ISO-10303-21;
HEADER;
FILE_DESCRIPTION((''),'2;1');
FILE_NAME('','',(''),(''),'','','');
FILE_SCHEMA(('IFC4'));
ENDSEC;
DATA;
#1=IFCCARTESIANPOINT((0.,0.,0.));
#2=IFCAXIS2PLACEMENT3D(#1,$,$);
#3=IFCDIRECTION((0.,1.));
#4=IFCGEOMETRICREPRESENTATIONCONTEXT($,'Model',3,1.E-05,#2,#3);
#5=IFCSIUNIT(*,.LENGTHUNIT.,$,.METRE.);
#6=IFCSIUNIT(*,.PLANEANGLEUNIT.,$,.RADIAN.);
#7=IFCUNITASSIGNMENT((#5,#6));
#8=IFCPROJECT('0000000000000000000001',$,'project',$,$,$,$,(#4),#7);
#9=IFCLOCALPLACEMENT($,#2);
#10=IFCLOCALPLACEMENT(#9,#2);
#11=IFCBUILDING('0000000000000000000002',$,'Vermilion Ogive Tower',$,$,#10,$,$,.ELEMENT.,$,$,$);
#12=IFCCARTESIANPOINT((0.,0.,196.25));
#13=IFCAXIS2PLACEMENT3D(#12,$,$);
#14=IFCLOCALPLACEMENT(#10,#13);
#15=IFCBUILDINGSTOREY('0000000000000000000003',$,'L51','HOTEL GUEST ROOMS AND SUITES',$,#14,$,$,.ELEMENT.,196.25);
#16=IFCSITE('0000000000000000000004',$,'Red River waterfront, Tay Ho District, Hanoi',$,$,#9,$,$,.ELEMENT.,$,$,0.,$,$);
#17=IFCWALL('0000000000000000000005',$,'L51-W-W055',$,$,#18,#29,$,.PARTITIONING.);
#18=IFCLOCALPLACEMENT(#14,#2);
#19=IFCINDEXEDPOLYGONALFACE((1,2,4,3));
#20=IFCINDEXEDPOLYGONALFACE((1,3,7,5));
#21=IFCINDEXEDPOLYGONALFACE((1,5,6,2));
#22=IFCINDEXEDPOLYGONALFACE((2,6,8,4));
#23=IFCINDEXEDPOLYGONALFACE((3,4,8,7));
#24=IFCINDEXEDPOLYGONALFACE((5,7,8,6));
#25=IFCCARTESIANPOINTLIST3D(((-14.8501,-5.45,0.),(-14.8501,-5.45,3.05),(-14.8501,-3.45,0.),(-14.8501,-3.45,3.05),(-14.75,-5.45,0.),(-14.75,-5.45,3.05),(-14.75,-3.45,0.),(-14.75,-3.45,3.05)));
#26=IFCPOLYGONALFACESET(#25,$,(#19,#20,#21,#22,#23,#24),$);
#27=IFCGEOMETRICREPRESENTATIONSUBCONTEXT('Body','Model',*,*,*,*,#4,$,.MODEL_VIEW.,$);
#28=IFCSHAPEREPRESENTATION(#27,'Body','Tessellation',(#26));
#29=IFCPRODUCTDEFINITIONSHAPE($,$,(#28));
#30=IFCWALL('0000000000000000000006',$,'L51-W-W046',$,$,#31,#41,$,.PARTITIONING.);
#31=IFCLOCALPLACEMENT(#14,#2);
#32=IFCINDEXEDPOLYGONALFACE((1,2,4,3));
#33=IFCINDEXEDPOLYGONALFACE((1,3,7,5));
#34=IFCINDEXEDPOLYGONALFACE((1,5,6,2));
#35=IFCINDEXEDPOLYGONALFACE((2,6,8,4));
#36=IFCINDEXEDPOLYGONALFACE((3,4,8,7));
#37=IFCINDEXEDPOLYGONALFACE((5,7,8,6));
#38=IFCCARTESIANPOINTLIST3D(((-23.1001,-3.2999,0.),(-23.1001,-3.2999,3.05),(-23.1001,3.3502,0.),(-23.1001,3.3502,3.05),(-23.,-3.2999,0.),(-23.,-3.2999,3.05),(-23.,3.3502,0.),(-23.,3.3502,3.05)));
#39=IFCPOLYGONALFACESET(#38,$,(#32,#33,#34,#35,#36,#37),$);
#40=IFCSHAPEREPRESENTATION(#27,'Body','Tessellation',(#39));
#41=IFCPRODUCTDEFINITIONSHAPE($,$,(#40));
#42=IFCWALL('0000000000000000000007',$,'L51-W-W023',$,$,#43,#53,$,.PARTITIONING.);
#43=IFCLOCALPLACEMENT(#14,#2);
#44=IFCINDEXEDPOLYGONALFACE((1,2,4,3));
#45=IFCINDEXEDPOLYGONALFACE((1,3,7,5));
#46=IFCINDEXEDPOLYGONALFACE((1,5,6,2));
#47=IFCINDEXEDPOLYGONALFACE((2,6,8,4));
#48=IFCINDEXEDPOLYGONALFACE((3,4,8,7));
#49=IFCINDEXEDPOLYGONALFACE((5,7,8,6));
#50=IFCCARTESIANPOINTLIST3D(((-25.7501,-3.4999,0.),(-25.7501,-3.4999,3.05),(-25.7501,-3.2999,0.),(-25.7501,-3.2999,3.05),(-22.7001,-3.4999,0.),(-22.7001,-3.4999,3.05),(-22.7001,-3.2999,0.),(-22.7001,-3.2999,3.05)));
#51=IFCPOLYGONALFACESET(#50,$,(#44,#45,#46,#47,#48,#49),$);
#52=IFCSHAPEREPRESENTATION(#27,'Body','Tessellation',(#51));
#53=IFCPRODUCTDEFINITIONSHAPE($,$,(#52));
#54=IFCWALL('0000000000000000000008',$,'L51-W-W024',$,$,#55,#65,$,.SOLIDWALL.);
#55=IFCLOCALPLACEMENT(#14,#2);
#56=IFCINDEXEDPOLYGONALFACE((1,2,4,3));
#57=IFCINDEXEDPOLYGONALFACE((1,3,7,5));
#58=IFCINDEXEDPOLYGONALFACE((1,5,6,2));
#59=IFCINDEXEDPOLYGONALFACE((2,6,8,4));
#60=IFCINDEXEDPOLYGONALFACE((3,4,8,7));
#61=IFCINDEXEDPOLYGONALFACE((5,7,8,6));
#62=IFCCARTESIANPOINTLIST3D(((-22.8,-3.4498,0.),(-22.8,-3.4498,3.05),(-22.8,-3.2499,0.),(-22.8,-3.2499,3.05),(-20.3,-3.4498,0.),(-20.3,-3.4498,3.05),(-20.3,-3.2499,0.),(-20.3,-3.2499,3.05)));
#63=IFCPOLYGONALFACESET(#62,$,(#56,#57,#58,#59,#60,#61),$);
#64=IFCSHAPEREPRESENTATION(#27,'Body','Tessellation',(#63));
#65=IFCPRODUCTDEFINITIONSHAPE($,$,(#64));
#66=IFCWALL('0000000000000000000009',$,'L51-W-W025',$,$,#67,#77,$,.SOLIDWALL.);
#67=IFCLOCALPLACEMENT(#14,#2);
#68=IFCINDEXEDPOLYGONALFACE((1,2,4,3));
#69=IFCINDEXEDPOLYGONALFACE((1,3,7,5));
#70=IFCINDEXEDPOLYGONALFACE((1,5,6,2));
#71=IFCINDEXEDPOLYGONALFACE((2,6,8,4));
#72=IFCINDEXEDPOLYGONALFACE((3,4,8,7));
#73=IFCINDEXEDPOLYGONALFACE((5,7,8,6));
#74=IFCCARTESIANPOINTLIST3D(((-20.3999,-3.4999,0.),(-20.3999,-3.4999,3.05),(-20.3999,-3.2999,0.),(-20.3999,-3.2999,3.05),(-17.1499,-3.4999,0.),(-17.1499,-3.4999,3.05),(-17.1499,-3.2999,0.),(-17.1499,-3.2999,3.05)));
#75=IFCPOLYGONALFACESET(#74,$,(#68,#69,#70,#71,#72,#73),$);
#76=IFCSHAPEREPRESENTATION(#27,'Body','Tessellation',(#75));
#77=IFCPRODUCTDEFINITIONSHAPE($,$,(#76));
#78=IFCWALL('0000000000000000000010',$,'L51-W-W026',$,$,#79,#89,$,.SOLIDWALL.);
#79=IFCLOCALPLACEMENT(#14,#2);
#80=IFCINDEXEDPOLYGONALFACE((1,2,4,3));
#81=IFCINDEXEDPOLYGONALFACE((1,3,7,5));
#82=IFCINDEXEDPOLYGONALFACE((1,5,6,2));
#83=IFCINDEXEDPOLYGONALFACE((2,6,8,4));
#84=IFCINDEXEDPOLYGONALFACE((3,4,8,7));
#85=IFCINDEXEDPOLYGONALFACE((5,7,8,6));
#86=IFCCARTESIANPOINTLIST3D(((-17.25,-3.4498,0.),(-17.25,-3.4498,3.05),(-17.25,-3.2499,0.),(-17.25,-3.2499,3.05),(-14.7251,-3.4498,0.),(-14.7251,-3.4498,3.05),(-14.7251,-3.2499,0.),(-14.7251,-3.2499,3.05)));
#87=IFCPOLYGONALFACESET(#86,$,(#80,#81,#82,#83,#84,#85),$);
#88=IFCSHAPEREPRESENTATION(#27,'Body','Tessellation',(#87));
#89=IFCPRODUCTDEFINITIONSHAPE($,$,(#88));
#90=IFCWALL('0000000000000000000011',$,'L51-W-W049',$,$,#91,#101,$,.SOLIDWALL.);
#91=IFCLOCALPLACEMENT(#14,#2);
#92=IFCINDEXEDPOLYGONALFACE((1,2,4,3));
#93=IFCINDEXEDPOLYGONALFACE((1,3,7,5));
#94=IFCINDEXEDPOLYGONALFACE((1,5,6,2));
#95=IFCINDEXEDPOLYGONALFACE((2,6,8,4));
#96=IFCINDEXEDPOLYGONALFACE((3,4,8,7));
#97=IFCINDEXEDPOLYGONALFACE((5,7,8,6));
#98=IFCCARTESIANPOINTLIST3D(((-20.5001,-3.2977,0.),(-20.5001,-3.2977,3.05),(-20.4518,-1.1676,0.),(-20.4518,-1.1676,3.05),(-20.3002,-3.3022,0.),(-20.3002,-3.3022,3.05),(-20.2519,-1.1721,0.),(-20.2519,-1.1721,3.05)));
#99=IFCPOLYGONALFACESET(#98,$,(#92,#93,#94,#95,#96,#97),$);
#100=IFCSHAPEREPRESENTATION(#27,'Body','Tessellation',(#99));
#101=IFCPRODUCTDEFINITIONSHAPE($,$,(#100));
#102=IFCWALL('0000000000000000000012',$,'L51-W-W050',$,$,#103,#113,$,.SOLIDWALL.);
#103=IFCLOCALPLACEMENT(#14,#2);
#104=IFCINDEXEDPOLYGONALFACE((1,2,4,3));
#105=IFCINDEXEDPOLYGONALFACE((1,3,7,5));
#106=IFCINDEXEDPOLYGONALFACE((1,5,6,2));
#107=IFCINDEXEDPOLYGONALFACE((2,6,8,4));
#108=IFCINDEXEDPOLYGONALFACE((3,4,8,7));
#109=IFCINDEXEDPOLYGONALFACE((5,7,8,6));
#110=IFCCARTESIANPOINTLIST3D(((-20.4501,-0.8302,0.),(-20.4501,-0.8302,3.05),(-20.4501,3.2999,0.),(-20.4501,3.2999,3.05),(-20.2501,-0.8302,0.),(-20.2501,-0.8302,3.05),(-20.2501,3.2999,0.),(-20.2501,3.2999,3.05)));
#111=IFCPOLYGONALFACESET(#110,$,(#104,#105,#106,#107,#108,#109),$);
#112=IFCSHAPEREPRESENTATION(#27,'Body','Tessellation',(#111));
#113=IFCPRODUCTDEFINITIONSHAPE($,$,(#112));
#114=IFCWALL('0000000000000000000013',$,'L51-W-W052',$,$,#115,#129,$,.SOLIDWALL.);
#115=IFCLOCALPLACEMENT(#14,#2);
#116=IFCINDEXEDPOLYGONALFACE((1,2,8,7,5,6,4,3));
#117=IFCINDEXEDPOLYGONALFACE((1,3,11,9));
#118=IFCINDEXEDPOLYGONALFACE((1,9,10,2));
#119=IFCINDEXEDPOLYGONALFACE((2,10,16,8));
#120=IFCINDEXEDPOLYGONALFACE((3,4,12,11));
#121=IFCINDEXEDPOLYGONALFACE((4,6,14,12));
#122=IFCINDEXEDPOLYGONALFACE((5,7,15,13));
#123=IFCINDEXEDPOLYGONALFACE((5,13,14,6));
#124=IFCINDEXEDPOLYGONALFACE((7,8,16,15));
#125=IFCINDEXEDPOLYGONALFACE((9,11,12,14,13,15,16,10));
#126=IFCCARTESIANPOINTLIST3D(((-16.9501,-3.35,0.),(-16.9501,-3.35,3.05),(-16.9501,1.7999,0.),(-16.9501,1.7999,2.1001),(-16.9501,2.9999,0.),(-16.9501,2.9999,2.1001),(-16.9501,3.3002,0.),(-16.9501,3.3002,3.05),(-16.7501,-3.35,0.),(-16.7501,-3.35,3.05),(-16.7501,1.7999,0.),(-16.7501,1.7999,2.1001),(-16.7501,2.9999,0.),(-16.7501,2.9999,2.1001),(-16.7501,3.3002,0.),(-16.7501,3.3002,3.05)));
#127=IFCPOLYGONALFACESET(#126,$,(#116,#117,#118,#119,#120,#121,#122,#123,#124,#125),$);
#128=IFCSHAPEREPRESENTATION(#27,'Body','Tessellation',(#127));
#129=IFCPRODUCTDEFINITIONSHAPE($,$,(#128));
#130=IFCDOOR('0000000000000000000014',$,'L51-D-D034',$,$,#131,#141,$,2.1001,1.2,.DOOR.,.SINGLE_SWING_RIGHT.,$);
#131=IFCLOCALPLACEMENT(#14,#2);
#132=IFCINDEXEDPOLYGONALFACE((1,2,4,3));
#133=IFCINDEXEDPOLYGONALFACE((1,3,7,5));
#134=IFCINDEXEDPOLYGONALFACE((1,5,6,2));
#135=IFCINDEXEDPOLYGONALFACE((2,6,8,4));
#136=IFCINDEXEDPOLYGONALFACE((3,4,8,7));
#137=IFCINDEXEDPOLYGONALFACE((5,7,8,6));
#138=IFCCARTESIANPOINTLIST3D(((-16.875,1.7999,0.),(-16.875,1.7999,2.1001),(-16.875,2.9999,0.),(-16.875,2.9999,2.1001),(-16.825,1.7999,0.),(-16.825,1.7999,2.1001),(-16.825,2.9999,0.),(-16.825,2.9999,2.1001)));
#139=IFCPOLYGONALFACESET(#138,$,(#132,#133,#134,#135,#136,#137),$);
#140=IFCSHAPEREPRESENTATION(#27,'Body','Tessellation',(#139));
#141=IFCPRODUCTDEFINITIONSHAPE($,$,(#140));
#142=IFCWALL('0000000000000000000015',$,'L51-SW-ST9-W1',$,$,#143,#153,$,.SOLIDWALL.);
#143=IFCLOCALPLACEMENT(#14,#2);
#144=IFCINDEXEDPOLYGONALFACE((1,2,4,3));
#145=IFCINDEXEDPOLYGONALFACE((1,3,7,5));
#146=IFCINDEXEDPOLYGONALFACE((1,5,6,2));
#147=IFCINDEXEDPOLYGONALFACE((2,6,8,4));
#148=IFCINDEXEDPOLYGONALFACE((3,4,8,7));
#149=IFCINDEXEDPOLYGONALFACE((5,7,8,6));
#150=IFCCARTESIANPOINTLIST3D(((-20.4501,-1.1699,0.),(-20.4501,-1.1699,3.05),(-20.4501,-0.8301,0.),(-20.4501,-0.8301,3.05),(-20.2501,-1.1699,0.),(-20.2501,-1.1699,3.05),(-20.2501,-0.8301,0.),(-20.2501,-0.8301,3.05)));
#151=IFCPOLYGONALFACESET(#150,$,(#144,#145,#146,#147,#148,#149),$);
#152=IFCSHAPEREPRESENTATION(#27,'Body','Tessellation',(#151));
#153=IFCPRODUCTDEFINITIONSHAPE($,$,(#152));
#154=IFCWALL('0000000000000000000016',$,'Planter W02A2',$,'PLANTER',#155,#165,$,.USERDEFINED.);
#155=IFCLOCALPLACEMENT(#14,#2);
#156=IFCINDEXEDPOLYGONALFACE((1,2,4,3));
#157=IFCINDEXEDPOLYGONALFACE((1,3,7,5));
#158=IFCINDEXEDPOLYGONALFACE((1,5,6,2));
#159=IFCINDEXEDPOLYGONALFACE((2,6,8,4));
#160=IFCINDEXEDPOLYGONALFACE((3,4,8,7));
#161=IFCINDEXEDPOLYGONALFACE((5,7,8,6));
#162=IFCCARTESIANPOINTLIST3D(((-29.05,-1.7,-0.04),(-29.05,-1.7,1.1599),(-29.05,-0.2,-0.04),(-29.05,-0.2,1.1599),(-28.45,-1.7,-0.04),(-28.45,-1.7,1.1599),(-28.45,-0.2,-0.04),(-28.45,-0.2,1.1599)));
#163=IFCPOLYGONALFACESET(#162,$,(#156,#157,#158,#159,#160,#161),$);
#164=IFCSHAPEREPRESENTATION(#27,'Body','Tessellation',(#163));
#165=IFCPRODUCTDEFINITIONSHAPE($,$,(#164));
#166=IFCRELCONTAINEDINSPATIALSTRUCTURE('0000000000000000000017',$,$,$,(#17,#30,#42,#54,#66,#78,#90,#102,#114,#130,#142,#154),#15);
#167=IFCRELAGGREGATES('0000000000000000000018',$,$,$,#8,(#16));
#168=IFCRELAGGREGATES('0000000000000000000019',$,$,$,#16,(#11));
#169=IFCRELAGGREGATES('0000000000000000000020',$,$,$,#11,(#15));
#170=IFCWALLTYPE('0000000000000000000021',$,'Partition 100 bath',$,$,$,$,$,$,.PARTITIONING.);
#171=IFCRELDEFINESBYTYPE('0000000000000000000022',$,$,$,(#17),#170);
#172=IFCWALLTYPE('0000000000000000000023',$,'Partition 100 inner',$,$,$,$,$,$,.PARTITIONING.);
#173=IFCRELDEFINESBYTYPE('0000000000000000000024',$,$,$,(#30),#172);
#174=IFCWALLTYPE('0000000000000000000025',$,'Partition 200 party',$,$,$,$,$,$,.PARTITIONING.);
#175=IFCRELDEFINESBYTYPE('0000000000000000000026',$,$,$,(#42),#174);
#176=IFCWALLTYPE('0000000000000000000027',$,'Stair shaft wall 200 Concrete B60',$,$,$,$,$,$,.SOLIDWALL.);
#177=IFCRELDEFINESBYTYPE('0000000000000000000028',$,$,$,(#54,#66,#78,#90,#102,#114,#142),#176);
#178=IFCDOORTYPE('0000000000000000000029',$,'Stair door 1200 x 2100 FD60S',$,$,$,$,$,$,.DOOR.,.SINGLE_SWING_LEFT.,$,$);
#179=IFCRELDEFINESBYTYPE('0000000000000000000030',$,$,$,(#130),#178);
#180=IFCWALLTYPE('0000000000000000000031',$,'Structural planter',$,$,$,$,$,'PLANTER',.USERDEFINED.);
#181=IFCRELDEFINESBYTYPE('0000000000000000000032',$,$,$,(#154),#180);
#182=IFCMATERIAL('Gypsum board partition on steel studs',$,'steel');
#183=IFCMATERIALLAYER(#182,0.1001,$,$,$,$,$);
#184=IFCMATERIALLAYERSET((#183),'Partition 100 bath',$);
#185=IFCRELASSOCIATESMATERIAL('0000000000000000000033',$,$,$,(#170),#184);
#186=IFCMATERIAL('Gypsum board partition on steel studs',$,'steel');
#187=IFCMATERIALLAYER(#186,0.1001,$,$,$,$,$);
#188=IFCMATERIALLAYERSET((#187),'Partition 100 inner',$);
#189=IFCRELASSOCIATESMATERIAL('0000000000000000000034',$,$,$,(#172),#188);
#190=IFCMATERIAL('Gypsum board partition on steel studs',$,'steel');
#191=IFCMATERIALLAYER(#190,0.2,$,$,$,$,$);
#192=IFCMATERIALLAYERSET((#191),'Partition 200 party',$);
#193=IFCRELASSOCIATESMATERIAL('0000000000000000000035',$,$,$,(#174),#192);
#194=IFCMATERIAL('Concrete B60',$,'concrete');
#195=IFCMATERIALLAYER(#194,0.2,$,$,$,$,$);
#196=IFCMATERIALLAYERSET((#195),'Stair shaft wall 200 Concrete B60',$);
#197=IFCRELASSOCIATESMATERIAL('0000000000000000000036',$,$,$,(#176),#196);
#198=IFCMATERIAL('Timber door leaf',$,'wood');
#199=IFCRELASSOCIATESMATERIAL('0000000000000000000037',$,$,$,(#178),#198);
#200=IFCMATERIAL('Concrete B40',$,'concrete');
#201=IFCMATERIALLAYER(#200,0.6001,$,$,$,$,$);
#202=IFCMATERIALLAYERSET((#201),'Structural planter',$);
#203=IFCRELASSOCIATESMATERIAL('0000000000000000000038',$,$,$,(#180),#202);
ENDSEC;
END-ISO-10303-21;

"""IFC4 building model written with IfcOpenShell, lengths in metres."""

from ifc_helpers import new_model, si_unit, direction, frame, frame_2d, origin, place, context, subcontext, project, spatial, rectangle, extrude, material, layer, layer_set, type_object, element, fill, save


model = new_model("IFC4")

# Units and contexts
model_context = context("Model", 3, precision=1e-05, world=origin(), true_north=direction((0.0, 1.0)))
body_context = subcontext(model_context, "Body", "Model", "MODEL_VIEW")
ifc_project = project(units=[si_unit("LENGTHUNIT", "METRE"), si_unit("PLANEANGLEUNIT", "RADIAN")], contexts=[model_context])

# Site, building, storey
site_placement = place(None, origin())
site = spatial("IfcSite", under=ifc_project, at=site_placement, Name="Red River waterfront, Tay Ho District, Hanoi", CompositionType="ELEMENT", RefElevation=0.0)
building_placement = place(site_placement, origin())
building = spatial("IfcBuilding", under=site, at=building_placement, Name="Vermilion Ogive Tower", CompositionType="ELEMENT")
storey_placement = place(building_placement, frame((0.0, 0.0, 196.25)))
storey = spatial("IfcBuildingStorey", under=building, at=storey_placement, Name="L51", Description="HOTEL GUEST ROOMS AND SUITES", CompositionType="ELEMENT", Elevation=196.25)

# Shared definitions
ifc_material_1 = material(Name="Gypsum board partition on steel studs", Category="steel")
ifc_layer_1 = layer(ifc_material_1, 0.1001)
ifc_layer_set_1 = layer_set([ifc_layer_1], Name="Partition 100 bath")
wall_type_1 = type_object("IfcWallType", Name="Partition 100 bath", PredefinedType="PARTITIONING", material=ifc_layer_set_1)

# Walls
wall_1_placement = place(storey_placement, frame((-14.8, -5.45, 0.0), z_axis=(0.0, 0.0, 1.0), x_axis=(0.0, 1.0, 0.0)))
element("IfcWall", 1, at=wall_1_placement, inside=storey, type_object=wall_type_1, Name="L51-W-W055", PredefinedType="PARTITIONING", context=body_context, shape_type="SweptSolid", body=[
    extrude(rectangle(XDim=2.0, YDim=0.1001, at=frame_2d((1.0, 0.0))), origin(), (0.0, 0.0, 1.0), 3.05),
])
ifc_material_2 = material(Name="Gypsum board partition on steel studs", Category="steel")
ifc_layer_2 = layer(ifc_material_2, 0.1001)
ifc_layer_set_2 = layer_set([ifc_layer_2], Name="Partition 100 inner")
wall_type_2 = type_object("IfcWallType", Name="Partition 100 inner", PredefinedType="PARTITIONING", material=ifc_layer_set_2)
wall_2_placement = place(storey_placement, frame((-23.05, -3.3, 0.0), z_axis=(0.0, 0.0, 1.0), x_axis=(0.0, 1.0, 0.0)))
element("IfcWall", 2, at=wall_2_placement, inside=storey, type_object=wall_type_2, Name="L51-W-W046", PredefinedType="PARTITIONING", context=body_context, shape_type="SweptSolid", body=[
    extrude(rectangle(XDim=6.6501, YDim=0.1001, at=frame_2d((3.3252, 0.0))), origin(), (0.0, 0.0, 1.0), 3.05),
])
ifc_material_3 = material(Name="Gypsum board partition on steel studs", Category="steel")
ifc_layer_3 = layer(ifc_material_3, 0.2)
ifc_layer_set_3 = layer_set([ifc_layer_3], Name="Partition 200 party")
wall_type_3 = type_object("IfcWallType", Name="Partition 200 party", PredefinedType="PARTITIONING", material=ifc_layer_set_3)
wall_3_placement = place(storey_placement, frame((-25.75, -3.3999, 0.0), z_axis=(0.0, 0.0, 1.0), x_axis=(1.0, 0.0, 0.0)))
element("IfcWall", 3, at=wall_3_placement, inside=storey, type_object=wall_type_3, Name="L51-W-W023", PredefinedType="PARTITIONING", context=body_context, shape_type="SweptSolid", body=[
    extrude(rectangle(XDim=3.05, YDim=0.2, at=frame_2d((1.5249, 0.0))), origin(), (0.0, 0.0, 1.0), 3.05),
])
ifc_material_4 = material(Name="Concrete B60", Category="concrete")
ifc_layer_4 = layer(ifc_material_4, 0.2)
ifc_layer_set_4 = layer_set([ifc_layer_4], Name="Stair shaft wall 200 Concrete B60")
wall_type_4 = type_object("IfcWallType", Name="Stair shaft wall 200 Concrete B60", PredefinedType="SOLIDWALL", material=ifc_layer_set_4)
wall_4_placement = place(storey_placement, frame((-22.8, -3.3499, 0.0), z_axis=(0.0, 0.0, 1.0), x_axis=(1.0, 0.0, 0.0)))
element("IfcWall", 4, at=wall_4_placement, inside=storey, type_object=wall_type_4, Name="L51-W-W024", PredefinedType="SOLIDWALL", context=body_context, shape_type="SweptSolid", body=[
    extrude(rectangle(XDim=2.5, YDim=0.2, at=frame_2d((1.25, 0.0))), origin(), (0.0, 0.0, 1.0), 3.05),
])
wall_5_placement = place(storey_placement, frame((-20.3999, -3.3999, 0.0), z_axis=(0.0, 0.0, 1.0), x_axis=(1.0, 0.0, 0.0)))
element("IfcWall", 5, at=wall_5_placement, inside=storey, type_object=wall_type_4, Name="L51-W-W025", PredefinedType="SOLIDWALL", context=body_context, shape_type="SweptSolid", body=[
    extrude(rectangle(XDim=3.25, YDim=0.2, at=frame_2d((1.625, 0.0))), origin(), (0.0, 0.0, 1.0), 3.05),
])
wall_6_placement = place(storey_placement, frame((-17.25, -3.3499, 0.0), z_axis=(0.0, 0.0, 1.0), x_axis=(1.0, 0.0, 0.0)))
element("IfcWall", 6, at=wall_6_placement, inside=storey, type_object=wall_type_4, Name="L51-W-W026", PredefinedType="SOLIDWALL", context=body_context, shape_type="SweptSolid", body=[
    extrude(rectangle(XDim=2.5249, YDim=0.2, at=frame_2d((1.2625, 0.0))), origin(), (0.0, 0.0, 1.0), 3.05),
])
wall_7_placement = place(storey_placement, frame((-20.4001, -3.3, 0.0), z_axis=(0.0, 0.0, 1.0), x_axis=(0.022688, 0.999743, 0.0)))
element("IfcWall", 7, at=wall_7_placement, inside=storey, type_object=wall_type_4, Name="L51-W-W049", PredefinedType="SOLIDWALL", context=body_context, shape_type="SweptSolid", body=[
    extrude(rectangle(XDim=2.1306, YDim=0.2, at=frame_2d((1.0654, 0.0))), origin(), (0.0, 0.0, 1.0), 3.05),
])
wall_8_placement = place(storey_placement, frame((-20.3501, -0.8301, 0.0), z_axis=(0.0, 0.0, 1.0), x_axis=(0.0, 1.0, 0.0)))
element("IfcWall", 8, at=wall_8_placement, inside=storey, type_object=wall_type_4, Name="L51-W-W050", PredefinedType="SOLIDWALL", context=body_context, shape_type="SweptSolid", body=[
    extrude(rectangle(XDim=4.1301, YDim=0.2, at=frame_2d((2.0649, 0.0))), origin(), (0.0, 0.0, 1.0), 3.05),
])

# Wall, opening, door
wall_9_placement = place(storey_placement, frame((-16.8501, -3.3501, 0.0), z_axis=(0.0, 0.0, 1.0), x_axis=(0.0, 1.0, 0.0)))
wall_9 = element("IfcWall", 9, at=wall_9_placement, inside=storey, type_object=wall_type_4, Name="L51-W-W052", PredefinedType="SOLIDWALL", context=body_context, shape_type="SweptSolid", body=[
    extrude(rectangle(XDim=6.6501, YDim=0.2, at=frame_2d((3.3252, 0.0))), origin(), (0.0, 0.0, 1.0), 3.05),
])
opening_1_placement = place(wall_9_placement, frame((5.1499, 0.0, 0.0)))
opening_1 = element("IfcOpeningElement", 10, at=opening_1_placement, cuts=wall_9, PredefinedType="OPENING", context=body_context, shape_type="SweptSolid", body=[
    extrude(rectangle(XDim=1.2, YDim=2.1001, at=frame_2d((0.6001, 1.05))), frame((0.0, 0.1099, 0.0), z_axis=(0.0, -1.0, 0.0), x_axis=(1.0, 0.0, 0.0)), (0.0, 0.0, 1.0), 0.22),
])
ifc_material_5 = material(Name="Timber door leaf", Category="wood")
door_type_1 = type_object("IfcDoorType", Name="Stair door 1200 x 2100 FD60S", OperationType="SINGLE_SWING_LEFT", PredefinedType="DOOR", material=ifc_material_5)
door_1_placement = place(opening_1_placement, origin())
door_1 = element("IfcDoor", 11, at=door_1_placement, inside=storey, type_object=door_type_1, Name="L51-D-D034", OperationType="SINGLE_SWING_RIGHT", OverallHeight=2.1001, OverallWidth=1.2, PredefinedType="DOOR", context=body_context, shape_type="SweptSolid", body=[
    extrude(rectangle(XDim=1.2, YDim=2.1001, at=frame_2d((0.6001, 1.05))), frame((0.0, 0.0249, 0.0), z_axis=(0.0, -1.0, 0.0), x_axis=(1.0, 0.0, 0.0)), (0.0, 0.0, 1.0), 0.05),
])
fill(opening_1, door_1)

# Walls
wall_10_placement = place(storey_placement, frame((-20.3501, -1.1699, 0.0), z_axis=(0.0, 0.0, 1.0), x_axis=(0.0, 1.0, 0.0)))
element("IfcWall", 12, at=wall_10_placement, inside=storey, type_object=wall_type_4, Name="L51-SW-ST9-W1", PredefinedType="SOLIDWALL", context=body_context, shape_type="SweptSolid", body=[
    extrude(rectangle(XDim=0.3398, YDim=0.2, at=frame_2d((0.1699, 0.0))), origin(), (0.0, 0.0, 1.0), 3.05),
])
ifc_material_6 = material(Name="Concrete B40", Category="concrete")
ifc_layer_5 = layer(ifc_material_6, 0.6001)
ifc_layer_set_5 = layer_set([ifc_layer_5], Name="Structural planter")
wall_type_5 = type_object("IfcWallType", Name="Structural planter", ElementType="PLANTER", PredefinedType="USERDEFINED", material=ifc_layer_set_5)
wall_11_placement = place(storey_placement, frame((-28.75, -0.2, -0.04), z_axis=(0.0, 0.0, 1.0), x_axis=(0.0, -1.0, 0.0)))
element("IfcWall", 13, at=wall_11_placement, inside=storey, type_object=wall_type_5, Name="Planter W02A2", ObjectType="PLANTER", PredefinedType="USERDEFINED", context=body_context, shape_type="SweptSolid", body=[
    extrude(rectangle(XDim=1.5, YDim=0.6001, at=frame_2d((0.75, 0.0))), origin(), (0.0, 0.0, 1.0), 1.2),
])

save(model, "model.ifc")
